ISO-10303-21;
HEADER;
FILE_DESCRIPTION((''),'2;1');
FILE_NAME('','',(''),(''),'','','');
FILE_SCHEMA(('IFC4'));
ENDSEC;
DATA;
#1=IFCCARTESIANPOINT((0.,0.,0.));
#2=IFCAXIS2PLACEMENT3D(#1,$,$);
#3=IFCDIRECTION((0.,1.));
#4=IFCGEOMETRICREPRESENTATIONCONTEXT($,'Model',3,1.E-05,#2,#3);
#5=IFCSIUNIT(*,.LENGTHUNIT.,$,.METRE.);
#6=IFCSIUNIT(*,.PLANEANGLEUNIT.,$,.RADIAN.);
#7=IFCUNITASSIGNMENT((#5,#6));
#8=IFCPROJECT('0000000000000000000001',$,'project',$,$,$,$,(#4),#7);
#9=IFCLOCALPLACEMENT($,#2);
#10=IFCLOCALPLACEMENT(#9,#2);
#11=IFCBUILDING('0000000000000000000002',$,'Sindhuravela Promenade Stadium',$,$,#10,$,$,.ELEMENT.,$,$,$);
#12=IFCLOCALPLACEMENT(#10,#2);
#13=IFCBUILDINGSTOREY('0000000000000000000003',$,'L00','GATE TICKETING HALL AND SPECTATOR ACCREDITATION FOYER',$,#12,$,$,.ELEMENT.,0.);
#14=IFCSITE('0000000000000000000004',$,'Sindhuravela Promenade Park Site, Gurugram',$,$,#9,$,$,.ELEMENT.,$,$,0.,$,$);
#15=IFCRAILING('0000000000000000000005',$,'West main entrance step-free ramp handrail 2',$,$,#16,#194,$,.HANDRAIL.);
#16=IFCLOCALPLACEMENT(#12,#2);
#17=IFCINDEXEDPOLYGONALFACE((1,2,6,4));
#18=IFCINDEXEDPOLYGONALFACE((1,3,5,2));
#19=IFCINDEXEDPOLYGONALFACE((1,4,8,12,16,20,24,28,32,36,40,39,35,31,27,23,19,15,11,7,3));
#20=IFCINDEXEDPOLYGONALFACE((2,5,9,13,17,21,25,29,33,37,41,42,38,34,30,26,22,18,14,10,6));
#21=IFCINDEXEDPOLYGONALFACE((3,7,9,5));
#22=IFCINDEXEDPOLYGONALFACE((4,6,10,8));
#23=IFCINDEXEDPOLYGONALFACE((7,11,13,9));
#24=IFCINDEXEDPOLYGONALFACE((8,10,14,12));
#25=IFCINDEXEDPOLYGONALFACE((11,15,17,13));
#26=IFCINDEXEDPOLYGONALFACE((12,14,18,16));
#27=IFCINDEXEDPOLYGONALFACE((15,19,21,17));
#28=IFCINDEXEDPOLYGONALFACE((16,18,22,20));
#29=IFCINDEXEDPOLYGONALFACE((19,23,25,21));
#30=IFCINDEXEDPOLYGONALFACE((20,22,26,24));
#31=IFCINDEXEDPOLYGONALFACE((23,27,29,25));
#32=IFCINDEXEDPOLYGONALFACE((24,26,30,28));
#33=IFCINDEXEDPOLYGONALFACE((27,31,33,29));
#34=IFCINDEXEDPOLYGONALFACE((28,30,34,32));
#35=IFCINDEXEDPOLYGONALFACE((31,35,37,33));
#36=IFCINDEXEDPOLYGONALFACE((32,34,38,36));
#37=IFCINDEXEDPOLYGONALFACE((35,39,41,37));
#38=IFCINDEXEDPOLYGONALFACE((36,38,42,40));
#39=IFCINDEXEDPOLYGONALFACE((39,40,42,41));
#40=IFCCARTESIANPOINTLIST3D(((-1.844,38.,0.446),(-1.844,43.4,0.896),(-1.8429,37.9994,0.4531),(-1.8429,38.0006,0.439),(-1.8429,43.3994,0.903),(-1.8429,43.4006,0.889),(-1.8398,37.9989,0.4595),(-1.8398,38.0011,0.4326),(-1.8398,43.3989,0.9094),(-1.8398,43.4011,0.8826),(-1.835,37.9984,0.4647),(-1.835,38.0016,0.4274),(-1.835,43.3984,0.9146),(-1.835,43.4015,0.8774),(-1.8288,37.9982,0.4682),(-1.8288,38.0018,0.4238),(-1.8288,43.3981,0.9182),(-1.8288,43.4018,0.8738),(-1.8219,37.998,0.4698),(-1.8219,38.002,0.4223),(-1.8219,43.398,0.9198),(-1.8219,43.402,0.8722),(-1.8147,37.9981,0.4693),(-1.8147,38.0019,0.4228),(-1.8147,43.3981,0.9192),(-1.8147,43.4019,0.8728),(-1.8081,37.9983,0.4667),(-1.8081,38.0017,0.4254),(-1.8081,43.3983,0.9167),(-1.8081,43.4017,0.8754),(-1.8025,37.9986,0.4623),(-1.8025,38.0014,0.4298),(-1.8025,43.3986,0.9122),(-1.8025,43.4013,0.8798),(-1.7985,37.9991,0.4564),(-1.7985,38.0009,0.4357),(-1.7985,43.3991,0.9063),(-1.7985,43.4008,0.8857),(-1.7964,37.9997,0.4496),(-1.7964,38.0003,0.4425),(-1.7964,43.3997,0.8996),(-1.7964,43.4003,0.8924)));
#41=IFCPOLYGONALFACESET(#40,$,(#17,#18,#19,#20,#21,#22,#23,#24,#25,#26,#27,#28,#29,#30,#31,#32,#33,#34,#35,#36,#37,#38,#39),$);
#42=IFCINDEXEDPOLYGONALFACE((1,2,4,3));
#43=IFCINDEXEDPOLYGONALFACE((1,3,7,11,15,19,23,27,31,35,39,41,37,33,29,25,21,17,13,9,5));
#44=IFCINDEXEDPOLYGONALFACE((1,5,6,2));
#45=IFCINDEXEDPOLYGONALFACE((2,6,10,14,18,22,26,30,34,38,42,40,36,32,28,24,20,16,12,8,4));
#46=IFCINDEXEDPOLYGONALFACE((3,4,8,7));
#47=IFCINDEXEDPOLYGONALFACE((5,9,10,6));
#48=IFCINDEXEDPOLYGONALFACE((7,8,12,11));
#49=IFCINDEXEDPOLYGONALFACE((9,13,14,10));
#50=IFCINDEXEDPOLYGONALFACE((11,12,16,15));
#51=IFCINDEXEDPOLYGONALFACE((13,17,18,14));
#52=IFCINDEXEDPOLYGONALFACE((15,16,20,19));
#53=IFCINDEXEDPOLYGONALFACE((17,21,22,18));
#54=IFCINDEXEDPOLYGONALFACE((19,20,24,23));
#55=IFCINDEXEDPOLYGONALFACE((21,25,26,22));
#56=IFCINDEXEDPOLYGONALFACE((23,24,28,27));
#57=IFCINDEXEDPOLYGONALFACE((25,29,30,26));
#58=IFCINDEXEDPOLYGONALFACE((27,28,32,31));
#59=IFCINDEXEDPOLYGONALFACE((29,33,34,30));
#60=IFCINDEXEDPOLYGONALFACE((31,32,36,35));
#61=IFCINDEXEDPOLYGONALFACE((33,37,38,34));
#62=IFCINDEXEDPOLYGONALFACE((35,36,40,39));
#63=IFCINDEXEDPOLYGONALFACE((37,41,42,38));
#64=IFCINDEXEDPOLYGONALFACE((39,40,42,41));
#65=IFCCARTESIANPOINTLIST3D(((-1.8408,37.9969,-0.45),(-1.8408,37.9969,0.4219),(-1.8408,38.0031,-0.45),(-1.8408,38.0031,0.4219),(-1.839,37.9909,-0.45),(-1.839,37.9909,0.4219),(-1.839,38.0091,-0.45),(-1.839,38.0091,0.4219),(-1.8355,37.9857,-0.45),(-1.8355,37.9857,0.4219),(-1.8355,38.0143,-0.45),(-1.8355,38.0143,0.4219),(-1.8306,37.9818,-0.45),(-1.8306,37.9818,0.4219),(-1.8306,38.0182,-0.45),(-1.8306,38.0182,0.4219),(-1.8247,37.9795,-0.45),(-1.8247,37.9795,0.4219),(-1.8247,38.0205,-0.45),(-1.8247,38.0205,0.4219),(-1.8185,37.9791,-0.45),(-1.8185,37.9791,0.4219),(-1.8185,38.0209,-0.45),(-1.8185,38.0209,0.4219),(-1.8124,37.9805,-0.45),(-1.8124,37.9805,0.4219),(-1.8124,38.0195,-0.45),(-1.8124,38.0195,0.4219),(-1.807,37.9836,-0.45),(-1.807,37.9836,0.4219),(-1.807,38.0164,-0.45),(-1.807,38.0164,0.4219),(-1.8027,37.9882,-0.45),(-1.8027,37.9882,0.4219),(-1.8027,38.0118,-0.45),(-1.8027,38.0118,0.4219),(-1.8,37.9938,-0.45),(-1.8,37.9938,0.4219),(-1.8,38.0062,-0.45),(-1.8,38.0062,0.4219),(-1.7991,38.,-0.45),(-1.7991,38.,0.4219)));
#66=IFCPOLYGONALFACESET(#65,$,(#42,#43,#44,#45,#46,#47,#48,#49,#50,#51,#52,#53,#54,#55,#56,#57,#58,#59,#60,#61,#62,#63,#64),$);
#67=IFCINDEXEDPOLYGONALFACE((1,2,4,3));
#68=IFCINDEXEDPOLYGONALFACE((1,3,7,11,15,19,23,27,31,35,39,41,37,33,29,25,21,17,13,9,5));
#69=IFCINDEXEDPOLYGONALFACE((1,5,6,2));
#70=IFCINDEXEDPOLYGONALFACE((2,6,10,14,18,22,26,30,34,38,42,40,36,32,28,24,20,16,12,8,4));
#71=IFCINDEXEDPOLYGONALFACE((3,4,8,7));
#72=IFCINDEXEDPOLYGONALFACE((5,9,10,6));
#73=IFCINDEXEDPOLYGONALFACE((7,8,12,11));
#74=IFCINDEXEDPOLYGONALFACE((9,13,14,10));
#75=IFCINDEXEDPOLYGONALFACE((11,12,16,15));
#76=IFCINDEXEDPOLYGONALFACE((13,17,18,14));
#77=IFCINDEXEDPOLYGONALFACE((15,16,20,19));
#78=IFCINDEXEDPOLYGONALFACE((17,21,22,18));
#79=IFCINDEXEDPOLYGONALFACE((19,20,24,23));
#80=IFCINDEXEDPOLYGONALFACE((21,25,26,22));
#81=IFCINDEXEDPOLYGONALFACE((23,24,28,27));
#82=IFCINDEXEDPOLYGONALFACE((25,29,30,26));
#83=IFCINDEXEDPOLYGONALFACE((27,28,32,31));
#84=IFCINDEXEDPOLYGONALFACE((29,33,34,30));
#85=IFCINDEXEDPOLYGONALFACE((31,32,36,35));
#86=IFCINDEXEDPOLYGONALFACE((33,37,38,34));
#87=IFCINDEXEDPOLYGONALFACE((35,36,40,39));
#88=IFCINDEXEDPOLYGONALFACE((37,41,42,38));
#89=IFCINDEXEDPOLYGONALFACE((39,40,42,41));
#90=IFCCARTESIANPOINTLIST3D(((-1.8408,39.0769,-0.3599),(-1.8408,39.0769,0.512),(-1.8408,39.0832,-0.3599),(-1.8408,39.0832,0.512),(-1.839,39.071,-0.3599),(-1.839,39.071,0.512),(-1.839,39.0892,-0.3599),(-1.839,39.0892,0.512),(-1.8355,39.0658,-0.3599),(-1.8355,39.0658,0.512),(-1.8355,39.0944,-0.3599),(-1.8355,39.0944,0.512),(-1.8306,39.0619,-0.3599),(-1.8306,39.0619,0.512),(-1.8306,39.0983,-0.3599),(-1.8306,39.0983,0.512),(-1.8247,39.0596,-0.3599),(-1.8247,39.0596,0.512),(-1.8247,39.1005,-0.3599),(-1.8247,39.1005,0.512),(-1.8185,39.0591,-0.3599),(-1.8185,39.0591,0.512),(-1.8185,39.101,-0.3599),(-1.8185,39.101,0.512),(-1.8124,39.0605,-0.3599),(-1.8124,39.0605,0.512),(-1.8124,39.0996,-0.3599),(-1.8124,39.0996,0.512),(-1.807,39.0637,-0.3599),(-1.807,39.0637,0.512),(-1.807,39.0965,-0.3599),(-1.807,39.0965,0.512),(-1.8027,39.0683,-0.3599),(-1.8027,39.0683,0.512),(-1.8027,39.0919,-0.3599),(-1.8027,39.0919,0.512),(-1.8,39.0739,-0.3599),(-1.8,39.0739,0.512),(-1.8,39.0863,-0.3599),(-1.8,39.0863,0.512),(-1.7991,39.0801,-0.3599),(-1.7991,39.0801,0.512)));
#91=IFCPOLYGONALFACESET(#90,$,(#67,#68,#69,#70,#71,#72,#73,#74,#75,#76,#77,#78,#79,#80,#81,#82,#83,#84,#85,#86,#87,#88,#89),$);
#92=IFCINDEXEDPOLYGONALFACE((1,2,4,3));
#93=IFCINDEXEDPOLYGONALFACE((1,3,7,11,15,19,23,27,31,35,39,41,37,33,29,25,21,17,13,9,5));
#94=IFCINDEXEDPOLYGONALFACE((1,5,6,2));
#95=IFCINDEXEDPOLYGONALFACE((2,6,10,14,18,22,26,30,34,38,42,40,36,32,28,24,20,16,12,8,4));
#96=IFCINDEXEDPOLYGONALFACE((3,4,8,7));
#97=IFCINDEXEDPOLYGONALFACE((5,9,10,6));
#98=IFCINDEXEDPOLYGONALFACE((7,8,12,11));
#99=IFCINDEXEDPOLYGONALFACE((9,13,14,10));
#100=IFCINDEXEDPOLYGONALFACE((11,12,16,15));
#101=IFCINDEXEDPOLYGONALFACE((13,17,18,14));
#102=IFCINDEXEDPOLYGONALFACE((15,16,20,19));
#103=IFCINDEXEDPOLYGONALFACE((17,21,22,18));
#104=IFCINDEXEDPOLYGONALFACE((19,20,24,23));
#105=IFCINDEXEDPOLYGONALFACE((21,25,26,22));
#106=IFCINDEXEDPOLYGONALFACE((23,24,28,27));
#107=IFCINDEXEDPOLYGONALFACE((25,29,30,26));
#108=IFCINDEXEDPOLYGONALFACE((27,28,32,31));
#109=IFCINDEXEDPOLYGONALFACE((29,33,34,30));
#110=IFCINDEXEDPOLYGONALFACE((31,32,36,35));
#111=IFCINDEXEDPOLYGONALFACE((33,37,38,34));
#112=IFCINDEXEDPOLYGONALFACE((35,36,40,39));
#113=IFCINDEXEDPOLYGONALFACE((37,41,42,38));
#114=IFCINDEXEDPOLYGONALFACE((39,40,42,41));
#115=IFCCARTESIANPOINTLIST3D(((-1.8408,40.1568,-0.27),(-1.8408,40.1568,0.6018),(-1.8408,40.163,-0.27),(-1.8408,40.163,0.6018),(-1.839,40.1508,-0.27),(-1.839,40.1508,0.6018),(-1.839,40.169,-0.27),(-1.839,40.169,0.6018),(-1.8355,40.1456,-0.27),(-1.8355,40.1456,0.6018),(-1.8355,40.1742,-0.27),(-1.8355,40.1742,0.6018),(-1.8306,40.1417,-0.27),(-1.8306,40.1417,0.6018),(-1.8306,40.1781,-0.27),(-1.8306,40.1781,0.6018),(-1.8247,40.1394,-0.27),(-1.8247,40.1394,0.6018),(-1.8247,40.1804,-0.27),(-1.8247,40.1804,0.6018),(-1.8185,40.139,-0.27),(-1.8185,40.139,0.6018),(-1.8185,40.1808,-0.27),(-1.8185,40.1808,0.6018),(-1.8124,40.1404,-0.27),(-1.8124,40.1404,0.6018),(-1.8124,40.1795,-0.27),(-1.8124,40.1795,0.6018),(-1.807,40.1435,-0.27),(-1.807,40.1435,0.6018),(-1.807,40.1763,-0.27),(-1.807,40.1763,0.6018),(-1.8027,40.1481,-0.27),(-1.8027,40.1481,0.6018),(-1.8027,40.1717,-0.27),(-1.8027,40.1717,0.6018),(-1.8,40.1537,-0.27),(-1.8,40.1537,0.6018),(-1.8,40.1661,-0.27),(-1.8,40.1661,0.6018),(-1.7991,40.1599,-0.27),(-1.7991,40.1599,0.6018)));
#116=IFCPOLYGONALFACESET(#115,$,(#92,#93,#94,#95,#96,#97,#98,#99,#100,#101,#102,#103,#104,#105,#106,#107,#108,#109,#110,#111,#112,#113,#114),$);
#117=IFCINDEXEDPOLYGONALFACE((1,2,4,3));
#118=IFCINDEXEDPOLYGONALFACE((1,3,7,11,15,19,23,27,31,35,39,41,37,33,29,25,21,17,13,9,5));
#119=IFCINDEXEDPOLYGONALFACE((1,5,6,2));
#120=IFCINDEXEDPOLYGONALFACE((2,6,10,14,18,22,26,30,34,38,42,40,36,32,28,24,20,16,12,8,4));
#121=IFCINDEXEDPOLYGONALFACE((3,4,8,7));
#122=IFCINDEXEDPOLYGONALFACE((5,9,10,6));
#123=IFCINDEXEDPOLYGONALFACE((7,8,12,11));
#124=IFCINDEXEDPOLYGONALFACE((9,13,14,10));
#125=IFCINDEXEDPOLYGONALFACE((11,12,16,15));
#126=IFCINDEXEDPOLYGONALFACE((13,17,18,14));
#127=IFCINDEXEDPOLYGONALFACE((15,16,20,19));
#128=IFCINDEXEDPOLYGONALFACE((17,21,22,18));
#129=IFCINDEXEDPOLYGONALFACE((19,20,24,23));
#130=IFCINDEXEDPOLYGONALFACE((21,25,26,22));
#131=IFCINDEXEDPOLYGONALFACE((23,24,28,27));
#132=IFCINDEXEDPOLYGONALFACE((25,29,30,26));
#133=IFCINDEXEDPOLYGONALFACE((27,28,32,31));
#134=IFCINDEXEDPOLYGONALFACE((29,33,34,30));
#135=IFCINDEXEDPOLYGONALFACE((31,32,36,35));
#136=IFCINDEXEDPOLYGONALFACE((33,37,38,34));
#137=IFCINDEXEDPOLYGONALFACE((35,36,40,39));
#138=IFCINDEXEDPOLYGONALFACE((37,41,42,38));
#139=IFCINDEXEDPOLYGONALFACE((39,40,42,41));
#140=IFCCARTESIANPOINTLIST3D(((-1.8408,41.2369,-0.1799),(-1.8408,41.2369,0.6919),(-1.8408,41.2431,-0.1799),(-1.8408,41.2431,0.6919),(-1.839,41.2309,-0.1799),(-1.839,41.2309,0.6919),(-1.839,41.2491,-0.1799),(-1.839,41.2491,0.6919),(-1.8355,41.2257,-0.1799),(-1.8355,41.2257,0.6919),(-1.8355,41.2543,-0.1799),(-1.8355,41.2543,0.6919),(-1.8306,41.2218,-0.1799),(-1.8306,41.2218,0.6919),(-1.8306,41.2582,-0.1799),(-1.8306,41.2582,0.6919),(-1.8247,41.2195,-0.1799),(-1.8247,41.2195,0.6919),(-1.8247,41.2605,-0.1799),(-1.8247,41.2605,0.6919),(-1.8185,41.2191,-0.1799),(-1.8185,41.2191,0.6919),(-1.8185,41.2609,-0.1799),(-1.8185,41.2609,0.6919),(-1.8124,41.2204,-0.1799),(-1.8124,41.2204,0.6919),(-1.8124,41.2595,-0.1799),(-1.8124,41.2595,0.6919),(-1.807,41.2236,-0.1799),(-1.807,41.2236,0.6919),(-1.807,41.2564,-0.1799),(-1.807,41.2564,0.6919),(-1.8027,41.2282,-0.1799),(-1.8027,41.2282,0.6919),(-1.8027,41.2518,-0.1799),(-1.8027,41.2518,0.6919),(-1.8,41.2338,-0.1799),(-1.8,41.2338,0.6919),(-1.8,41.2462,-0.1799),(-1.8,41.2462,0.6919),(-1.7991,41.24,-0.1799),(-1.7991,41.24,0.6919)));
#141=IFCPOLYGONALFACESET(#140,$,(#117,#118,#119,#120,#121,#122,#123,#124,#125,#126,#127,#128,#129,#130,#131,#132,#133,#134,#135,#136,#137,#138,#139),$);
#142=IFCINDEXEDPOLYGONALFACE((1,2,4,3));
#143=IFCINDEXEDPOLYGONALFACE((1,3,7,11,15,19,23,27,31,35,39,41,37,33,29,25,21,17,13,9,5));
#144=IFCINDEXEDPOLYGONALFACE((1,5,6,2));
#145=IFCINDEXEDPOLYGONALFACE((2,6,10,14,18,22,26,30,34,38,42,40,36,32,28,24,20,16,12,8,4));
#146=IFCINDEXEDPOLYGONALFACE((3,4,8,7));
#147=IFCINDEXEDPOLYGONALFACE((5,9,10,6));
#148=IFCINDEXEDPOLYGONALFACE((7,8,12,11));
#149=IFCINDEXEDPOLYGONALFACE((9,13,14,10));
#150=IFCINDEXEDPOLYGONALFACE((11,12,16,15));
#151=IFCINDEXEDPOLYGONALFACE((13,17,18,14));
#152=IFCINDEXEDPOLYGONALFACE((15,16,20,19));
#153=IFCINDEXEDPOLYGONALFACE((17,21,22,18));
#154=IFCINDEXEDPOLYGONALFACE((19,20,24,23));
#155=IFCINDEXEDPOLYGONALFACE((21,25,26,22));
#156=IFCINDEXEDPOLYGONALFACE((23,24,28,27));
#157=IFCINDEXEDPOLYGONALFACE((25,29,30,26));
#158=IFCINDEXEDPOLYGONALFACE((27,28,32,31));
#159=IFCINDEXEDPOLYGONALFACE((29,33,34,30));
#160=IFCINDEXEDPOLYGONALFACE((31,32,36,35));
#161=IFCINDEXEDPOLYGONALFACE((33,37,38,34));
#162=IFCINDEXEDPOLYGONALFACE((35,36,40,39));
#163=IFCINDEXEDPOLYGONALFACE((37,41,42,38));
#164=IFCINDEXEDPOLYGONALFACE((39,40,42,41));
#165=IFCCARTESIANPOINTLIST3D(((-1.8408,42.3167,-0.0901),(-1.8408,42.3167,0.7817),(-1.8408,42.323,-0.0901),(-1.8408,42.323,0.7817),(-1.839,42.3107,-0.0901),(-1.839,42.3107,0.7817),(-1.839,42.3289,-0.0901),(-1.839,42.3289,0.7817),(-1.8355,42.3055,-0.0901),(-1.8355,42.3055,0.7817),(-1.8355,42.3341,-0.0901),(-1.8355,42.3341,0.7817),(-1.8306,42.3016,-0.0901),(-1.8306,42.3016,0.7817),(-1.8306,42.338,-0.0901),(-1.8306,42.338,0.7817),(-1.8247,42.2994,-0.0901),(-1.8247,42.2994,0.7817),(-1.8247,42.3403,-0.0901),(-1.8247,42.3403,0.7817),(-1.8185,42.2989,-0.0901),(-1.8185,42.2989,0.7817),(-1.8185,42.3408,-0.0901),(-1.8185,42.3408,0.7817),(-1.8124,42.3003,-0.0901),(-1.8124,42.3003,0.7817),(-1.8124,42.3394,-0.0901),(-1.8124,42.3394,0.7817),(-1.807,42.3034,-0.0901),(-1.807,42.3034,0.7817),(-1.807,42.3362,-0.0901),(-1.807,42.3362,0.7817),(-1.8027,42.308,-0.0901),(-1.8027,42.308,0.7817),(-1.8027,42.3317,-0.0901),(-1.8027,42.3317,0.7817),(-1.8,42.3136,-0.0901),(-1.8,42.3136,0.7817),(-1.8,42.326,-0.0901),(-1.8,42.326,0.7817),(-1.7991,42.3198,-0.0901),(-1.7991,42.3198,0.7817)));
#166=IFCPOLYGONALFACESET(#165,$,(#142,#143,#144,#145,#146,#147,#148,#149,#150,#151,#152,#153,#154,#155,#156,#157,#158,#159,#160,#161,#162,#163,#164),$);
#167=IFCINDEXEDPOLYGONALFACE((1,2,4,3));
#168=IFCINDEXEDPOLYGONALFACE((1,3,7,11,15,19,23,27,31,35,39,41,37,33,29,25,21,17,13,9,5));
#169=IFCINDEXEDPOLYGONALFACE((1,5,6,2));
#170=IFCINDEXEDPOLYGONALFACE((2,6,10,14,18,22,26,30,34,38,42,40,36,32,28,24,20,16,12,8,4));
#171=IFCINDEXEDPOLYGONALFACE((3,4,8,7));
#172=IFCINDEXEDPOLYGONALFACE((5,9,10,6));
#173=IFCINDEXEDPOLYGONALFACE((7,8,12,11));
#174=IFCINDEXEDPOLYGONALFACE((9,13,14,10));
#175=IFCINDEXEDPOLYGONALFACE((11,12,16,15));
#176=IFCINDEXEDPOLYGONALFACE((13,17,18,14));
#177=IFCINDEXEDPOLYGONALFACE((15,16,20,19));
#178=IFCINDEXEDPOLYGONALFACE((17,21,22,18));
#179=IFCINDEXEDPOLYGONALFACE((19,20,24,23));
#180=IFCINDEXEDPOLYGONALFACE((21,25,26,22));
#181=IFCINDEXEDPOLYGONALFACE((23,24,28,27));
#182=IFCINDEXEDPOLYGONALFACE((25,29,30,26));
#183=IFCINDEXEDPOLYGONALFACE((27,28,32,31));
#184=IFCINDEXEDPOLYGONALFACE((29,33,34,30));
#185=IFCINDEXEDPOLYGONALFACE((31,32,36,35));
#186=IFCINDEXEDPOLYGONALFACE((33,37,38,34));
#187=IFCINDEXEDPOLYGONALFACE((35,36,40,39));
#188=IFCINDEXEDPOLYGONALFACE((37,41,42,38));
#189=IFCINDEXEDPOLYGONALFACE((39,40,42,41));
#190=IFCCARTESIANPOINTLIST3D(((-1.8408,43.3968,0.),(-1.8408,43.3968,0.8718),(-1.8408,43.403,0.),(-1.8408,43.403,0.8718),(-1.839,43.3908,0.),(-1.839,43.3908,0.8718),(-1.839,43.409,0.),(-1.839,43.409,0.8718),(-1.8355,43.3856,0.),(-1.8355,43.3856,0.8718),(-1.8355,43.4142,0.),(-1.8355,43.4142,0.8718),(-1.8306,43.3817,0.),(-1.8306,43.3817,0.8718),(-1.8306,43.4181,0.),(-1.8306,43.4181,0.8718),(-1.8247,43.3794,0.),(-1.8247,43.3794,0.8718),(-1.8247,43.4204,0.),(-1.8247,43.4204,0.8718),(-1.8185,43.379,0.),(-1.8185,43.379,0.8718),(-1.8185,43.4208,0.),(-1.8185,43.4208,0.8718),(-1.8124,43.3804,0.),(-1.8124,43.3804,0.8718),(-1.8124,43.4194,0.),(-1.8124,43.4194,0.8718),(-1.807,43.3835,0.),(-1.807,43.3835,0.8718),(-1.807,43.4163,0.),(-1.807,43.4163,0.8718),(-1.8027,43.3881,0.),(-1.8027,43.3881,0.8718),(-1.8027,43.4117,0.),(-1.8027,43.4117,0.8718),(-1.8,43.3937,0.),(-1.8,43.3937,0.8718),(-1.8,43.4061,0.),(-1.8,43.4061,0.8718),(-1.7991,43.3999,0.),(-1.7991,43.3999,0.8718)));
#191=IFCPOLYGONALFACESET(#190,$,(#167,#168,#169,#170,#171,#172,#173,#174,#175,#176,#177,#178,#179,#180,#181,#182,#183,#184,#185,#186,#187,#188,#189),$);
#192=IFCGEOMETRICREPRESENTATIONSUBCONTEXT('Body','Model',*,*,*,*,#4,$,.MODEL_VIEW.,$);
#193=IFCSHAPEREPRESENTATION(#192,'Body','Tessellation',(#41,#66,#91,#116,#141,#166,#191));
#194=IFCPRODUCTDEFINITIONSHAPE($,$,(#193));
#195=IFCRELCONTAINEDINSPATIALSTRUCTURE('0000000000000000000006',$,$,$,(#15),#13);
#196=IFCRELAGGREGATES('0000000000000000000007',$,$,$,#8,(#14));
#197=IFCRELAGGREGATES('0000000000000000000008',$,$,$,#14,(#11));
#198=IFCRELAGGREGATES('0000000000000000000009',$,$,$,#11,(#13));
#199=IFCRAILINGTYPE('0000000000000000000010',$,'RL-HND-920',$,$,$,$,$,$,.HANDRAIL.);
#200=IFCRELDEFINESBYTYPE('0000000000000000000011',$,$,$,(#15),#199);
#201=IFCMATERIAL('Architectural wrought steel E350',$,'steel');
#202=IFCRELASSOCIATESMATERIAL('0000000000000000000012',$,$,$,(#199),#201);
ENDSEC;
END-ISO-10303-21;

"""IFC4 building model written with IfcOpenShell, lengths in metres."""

from ifc_helpers import new_model, si_unit, direction, frame, origin, origin_2d, place, context, subcontext, project, spatial, circle, extrude, material, type_object, element, save


model = new_model("IFC4")

# Units and contexts
model_context = context("Model", 3, precision=1e-05, world=origin(), true_north=direction((0.0, 1.0)))
body_context = subcontext(model_context, "Body", "Model", "MODEL_VIEW")
ifc_project = project(units=[si_unit("LENGTHUNIT", "METRE"), si_unit("PLANEANGLEUNIT", "RADIAN")], contexts=[model_context])

# Site, building, storey
site_placement = place(None, origin())
site = spatial("IfcSite", under=ifc_project, at=site_placement, Name="Sindhuravela Promenade Park Site, Gurugram", CompositionType="ELEMENT", RefElevation=0.0)
building_placement = place(site_placement, origin())
building = spatial("IfcBuilding", under=site, at=building_placement, Name="Sindhuravela Promenade Stadium", CompositionType="ELEMENT")
storey_placement = place(building_placement, origin())
storey = spatial("IfcBuildingStorey", under=building, at=storey_placement, Name="L00", Description="GATE TICKETING HALL AND SPECTATOR ACCREDITATION FOYER", CompositionType="ELEMENT", Elevation=0.0)

# Railing
ifc_material_1 = material(Name="Architectural wrought steel E350", Category="steel")
railing_type = type_object("IfcRailingType", Name="RL-HND-920", PredefinedType="HANDRAIL", material=ifc_material_1)
for number, where, name in (
    (1, (-1.8201, 38.0, -0.45), "West main entrance step-free ramp handrail 2"),
):
    element("IfcRailing", number, at=place(storey_placement, frame(where)), inside=storey, type_object=railing_type, Name=name, PredefinedType="HANDRAIL", context=body_context, shape_type="SweptSolid", body=[
        extrude(circle(Radius=0.0239, at=origin_2d()), frame((0.0, 0.0, 0.896), z_axis=(0.0, 0.996546, 0.083038), x_axis=(-1.0, 0.0, 0.0)), (0.0, 0.0, 1.0), 5.4187),
        extrude(circle(Radius=0.021, at=origin_2d()), origin(), (0.0, 0.0, 1.0), 0.8718),
        extrude(circle(Radius=0.021, at=origin_2d()), frame((0.0, 1.0801, 0.0901)), (0.0, 0.0, 1.0), 0.8718),
        extrude(circle(Radius=0.021, at=origin_2d()), frame((0.0, 2.1599, 0.1799)), (0.0, 0.0, 1.0), 0.8718),
        extrude(circle(Radius=0.021, at=origin_2d()), frame((0.0, 3.24, 0.27)), (0.0, 0.0, 1.0), 0.8718),
        extrude(circle(Radius=0.021, at=origin_2d()), frame((0.0, 4.3198, 0.3599)), (0.0, 0.0, 1.0), 0.8718),
        extrude(circle(Radius=0.021, at=origin_2d()), frame((0.0, 5.3999, 0.45)), (0.0, 0.0, 1.0), 0.8718),
    ])

save(model, "model.ifc")
